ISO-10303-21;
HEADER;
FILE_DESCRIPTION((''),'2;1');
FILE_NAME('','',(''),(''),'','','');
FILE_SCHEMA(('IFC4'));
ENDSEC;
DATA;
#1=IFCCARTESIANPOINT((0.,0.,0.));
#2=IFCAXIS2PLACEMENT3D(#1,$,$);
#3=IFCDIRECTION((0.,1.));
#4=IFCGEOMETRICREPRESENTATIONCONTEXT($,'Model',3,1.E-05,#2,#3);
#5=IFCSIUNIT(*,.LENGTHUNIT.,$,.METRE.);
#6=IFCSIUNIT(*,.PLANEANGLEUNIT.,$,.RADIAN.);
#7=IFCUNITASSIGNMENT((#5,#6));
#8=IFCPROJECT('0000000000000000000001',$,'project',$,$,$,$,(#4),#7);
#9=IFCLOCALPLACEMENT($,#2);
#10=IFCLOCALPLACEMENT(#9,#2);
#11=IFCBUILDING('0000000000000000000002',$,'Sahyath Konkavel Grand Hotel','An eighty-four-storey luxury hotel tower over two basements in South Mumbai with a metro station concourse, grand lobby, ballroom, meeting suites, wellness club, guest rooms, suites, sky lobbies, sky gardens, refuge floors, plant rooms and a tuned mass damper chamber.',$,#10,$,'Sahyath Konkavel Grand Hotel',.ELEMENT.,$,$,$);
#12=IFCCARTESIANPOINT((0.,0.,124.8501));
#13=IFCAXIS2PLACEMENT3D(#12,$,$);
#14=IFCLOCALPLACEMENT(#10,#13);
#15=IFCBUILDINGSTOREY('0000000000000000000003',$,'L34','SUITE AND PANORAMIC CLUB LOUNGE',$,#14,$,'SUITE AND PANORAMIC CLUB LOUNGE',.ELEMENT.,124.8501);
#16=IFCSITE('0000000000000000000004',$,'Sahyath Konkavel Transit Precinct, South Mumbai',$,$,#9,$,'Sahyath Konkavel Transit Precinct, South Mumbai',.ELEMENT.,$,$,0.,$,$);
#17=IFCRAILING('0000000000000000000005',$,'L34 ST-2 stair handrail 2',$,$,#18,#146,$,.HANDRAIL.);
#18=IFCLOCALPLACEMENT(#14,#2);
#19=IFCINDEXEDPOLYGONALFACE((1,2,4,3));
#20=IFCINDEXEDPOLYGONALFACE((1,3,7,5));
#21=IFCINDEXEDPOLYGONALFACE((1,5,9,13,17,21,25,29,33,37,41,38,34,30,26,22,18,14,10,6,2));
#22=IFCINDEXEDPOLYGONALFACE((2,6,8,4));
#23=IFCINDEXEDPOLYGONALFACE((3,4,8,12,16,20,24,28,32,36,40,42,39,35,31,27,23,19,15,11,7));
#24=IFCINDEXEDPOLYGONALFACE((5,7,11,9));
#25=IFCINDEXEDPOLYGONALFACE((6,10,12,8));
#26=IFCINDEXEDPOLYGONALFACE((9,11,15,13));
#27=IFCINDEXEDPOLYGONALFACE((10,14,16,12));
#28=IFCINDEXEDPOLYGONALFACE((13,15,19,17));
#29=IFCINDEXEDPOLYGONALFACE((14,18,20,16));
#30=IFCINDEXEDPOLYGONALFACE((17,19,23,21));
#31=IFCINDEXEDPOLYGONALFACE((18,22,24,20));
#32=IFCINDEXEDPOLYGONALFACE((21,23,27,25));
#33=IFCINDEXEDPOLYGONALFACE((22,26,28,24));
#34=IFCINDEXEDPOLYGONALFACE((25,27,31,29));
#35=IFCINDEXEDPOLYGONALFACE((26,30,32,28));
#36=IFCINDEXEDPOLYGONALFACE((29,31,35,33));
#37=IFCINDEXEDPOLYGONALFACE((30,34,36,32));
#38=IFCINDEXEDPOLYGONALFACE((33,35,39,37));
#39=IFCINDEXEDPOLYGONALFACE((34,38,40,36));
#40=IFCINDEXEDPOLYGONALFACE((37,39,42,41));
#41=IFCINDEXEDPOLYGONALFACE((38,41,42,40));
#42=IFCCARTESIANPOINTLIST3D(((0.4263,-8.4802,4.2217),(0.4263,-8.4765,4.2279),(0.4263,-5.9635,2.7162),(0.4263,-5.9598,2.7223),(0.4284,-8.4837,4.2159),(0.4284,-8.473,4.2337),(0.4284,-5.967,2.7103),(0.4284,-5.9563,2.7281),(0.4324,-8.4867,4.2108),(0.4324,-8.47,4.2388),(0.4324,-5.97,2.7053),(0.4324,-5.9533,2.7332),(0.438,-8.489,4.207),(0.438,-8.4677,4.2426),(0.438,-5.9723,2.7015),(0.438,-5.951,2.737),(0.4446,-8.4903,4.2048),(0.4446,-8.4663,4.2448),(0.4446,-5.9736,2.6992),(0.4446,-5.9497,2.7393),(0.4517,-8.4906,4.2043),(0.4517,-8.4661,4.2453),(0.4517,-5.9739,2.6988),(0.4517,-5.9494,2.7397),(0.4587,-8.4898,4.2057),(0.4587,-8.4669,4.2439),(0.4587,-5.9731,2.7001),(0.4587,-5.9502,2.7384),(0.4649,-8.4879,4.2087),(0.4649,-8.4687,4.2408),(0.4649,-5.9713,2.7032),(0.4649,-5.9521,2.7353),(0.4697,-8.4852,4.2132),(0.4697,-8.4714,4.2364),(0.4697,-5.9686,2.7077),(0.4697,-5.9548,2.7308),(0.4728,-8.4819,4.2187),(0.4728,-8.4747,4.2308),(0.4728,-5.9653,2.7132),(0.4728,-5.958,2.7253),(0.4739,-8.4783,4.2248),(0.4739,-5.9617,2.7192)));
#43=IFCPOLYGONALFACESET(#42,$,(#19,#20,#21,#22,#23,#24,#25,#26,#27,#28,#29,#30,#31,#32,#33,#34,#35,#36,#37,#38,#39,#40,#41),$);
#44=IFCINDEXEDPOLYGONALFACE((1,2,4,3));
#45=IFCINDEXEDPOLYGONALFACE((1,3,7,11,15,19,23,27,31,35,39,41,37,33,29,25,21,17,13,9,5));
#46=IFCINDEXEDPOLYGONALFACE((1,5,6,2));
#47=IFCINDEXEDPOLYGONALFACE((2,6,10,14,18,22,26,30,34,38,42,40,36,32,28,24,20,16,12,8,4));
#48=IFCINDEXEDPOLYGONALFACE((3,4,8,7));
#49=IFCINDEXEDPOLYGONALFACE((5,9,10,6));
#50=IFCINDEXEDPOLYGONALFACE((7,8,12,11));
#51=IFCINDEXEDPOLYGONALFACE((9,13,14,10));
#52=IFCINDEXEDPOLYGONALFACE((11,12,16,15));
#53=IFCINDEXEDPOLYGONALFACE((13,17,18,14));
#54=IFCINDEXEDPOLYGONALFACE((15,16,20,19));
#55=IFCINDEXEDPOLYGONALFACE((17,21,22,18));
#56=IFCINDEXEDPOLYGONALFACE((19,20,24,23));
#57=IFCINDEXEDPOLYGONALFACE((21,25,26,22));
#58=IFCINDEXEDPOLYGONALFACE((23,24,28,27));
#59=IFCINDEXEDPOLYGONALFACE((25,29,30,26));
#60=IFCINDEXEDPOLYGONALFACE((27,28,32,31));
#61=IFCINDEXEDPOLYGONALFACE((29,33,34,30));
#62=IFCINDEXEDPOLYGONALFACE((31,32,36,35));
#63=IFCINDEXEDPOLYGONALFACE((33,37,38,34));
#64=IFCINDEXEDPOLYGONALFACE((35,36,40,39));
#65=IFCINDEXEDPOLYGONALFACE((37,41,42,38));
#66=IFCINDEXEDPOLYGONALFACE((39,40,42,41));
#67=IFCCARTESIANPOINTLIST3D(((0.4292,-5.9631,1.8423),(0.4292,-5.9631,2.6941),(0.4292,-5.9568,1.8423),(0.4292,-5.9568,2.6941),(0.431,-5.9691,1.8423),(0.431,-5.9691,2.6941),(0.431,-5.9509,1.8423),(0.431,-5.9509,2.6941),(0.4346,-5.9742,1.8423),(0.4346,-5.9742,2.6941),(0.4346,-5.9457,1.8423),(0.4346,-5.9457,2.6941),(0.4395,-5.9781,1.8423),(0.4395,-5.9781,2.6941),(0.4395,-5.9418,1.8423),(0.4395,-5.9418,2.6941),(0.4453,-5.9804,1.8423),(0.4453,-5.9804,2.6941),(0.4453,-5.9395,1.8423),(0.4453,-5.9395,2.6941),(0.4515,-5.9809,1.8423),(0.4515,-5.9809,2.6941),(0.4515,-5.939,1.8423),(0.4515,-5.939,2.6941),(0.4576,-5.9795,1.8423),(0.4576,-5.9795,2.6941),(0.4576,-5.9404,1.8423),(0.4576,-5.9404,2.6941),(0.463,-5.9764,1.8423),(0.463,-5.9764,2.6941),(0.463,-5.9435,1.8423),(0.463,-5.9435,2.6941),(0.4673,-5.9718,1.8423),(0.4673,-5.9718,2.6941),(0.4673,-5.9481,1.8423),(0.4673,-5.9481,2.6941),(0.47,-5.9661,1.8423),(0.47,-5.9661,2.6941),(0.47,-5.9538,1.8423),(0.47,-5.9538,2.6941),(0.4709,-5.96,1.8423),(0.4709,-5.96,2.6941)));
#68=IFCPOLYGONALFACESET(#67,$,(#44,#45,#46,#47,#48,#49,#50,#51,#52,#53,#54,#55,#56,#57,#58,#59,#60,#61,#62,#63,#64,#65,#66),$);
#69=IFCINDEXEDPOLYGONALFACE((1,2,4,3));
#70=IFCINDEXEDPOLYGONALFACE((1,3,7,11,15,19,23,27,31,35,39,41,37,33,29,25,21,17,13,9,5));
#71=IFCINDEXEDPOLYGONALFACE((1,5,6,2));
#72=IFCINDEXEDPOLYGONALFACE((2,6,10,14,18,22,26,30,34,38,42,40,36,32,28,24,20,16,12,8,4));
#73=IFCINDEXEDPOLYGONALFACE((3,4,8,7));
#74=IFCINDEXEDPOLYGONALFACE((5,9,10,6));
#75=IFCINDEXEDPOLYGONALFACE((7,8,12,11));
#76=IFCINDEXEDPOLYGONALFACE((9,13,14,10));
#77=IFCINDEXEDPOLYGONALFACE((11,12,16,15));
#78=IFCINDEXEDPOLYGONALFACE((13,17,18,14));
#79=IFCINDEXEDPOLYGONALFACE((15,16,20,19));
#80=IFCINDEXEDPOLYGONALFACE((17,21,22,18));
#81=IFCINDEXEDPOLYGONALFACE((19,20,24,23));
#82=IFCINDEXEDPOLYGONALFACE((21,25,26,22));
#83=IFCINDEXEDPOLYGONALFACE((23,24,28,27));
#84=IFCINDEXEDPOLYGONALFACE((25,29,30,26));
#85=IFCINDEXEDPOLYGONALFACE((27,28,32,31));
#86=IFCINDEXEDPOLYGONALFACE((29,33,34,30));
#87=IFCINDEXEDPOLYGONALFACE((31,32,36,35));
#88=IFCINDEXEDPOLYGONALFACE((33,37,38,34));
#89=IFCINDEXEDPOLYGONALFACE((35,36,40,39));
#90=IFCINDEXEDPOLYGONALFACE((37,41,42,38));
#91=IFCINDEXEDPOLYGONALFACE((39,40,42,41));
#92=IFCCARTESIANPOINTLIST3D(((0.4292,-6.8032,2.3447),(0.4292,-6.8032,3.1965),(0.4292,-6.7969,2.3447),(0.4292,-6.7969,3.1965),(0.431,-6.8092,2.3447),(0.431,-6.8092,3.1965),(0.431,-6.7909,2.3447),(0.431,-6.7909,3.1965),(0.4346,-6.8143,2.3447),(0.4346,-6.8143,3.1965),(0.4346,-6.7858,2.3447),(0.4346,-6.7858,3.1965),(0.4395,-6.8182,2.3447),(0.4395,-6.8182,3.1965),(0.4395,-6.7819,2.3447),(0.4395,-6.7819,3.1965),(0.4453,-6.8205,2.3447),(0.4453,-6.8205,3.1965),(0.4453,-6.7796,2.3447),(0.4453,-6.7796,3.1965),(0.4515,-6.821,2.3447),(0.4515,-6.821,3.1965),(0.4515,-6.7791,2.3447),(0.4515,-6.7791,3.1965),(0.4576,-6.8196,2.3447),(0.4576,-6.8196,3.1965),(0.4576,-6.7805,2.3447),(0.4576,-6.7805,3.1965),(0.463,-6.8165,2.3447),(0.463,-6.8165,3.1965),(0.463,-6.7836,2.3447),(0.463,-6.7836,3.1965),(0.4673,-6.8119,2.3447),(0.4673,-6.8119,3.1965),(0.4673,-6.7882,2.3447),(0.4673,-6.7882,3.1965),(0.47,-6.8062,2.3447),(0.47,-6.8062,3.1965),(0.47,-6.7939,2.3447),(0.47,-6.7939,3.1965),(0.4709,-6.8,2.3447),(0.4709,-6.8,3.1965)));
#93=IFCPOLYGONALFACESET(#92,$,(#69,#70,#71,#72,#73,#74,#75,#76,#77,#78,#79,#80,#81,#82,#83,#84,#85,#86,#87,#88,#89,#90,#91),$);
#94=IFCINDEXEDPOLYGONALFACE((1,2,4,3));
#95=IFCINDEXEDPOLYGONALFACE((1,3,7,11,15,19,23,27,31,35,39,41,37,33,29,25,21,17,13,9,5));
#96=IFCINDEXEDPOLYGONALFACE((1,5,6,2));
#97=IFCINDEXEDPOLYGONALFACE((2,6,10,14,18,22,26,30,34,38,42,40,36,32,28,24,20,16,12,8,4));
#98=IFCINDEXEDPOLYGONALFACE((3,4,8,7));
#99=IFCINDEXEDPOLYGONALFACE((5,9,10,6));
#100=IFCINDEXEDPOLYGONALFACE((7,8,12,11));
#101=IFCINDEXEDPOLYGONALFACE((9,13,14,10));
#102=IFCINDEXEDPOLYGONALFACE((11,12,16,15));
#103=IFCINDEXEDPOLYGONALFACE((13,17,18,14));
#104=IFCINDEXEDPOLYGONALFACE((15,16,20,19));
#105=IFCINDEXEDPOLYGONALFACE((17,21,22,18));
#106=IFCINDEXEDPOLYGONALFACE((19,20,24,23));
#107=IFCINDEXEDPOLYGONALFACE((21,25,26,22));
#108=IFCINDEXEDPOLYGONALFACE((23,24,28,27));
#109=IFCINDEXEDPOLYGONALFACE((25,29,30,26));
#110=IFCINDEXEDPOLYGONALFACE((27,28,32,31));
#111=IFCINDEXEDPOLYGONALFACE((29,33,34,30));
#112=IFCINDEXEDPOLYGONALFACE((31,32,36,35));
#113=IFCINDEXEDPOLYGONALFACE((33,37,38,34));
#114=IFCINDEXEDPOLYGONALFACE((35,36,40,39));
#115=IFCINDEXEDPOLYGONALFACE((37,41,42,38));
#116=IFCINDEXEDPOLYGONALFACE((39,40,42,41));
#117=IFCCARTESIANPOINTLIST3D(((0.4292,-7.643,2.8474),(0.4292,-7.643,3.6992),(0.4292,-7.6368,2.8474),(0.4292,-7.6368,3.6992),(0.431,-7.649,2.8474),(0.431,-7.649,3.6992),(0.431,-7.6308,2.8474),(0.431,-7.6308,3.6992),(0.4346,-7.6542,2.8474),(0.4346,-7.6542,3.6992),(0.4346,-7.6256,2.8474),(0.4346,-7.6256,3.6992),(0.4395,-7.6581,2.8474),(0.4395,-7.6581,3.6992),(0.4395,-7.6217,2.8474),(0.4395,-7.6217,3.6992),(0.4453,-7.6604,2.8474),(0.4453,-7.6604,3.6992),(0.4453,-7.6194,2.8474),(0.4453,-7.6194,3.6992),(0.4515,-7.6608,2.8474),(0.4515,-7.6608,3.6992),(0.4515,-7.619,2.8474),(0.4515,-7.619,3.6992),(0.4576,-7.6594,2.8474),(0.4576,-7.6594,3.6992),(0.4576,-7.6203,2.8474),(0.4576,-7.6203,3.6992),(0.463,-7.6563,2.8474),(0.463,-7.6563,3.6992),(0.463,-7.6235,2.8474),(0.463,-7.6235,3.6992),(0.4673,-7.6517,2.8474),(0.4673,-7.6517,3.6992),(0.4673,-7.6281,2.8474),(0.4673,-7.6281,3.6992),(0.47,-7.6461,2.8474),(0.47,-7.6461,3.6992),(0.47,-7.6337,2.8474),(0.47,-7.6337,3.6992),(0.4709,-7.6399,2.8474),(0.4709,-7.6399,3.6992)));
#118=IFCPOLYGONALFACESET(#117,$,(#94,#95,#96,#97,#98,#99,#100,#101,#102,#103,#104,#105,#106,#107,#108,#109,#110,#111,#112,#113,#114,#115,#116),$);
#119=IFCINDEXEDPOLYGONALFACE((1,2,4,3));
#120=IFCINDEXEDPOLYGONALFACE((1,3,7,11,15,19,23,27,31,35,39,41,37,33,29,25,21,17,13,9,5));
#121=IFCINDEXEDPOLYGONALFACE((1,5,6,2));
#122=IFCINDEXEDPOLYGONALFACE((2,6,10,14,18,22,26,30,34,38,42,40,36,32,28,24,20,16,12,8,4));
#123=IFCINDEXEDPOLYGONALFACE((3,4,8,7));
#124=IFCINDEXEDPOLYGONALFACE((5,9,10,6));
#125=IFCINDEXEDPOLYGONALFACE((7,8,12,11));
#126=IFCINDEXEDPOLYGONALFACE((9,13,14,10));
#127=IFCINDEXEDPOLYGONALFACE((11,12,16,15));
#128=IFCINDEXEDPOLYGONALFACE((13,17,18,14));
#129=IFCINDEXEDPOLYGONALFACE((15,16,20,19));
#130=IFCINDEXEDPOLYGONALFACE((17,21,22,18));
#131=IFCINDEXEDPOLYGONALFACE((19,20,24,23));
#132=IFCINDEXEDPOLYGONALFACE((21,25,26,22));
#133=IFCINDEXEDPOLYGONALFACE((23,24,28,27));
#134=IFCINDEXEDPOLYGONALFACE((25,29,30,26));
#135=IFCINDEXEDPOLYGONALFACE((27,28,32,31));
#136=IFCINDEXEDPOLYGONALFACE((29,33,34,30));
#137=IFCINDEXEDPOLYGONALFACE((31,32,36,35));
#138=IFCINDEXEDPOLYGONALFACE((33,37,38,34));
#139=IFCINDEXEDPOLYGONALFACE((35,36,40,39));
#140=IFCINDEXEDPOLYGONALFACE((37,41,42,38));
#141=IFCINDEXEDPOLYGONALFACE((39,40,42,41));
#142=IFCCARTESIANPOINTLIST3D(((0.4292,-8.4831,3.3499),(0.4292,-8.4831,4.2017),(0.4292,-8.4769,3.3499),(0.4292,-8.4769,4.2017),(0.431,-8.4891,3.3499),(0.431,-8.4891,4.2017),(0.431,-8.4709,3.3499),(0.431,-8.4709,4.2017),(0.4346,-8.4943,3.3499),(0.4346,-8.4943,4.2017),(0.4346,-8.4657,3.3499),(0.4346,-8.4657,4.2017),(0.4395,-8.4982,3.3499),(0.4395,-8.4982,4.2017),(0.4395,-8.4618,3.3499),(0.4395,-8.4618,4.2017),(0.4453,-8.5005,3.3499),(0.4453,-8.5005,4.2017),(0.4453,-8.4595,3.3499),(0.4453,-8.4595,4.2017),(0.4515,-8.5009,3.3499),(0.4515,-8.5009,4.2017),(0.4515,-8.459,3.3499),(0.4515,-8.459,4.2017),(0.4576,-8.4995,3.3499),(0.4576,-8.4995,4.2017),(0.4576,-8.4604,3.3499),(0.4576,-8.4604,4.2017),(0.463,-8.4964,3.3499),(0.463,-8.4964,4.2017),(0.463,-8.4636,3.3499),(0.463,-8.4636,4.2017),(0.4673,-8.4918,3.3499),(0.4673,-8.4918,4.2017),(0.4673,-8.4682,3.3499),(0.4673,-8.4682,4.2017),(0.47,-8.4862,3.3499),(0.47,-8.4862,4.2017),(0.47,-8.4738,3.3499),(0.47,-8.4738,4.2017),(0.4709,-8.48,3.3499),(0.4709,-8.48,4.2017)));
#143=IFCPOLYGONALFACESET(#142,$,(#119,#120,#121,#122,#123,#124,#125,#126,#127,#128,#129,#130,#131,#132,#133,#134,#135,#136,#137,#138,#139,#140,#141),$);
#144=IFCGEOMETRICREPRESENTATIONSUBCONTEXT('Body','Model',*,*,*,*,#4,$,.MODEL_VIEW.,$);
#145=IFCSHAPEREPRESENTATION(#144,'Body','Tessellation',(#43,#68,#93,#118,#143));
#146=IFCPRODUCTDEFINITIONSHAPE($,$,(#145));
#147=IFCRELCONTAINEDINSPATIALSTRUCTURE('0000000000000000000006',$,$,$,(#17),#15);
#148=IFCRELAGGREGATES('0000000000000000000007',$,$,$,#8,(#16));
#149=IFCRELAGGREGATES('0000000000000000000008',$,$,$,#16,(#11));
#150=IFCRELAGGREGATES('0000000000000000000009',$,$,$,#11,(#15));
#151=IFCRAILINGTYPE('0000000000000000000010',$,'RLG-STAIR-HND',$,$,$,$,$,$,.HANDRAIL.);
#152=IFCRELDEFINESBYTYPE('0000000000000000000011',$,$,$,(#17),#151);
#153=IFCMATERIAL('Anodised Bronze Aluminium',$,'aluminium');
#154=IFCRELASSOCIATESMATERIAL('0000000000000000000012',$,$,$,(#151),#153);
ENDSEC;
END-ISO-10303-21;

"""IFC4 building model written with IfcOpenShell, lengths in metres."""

from ifc_helpers import new_model, si_unit, direction, frame, origin, origin_2d, place, context, subcontext, project, spatial, circle, extrude, material, type_object, element, save


model = new_model("IFC4")

# Units and contexts
model_context = context("Model", 3, precision=1e-05, world=origin(), true_north=direction((0.0, 1.0)))
body_context = subcontext(model_context, "Body", "Model", "MODEL_VIEW")
ifc_project = project(units=[si_unit("LENGTHUNIT", "METRE"), si_unit("PLANEANGLEUNIT", "RADIAN")], contexts=[model_context])

# Site, building, storey
site_placement = place(None, origin())
site = spatial("IfcSite", under=ifc_project, at=site_placement, Name="Sahyath Konkavel Transit Precinct, South Mumbai", LongName="Sahyath Konkavel Transit Precinct, South Mumbai", CompositionType="ELEMENT", RefElevation=0.0)
building_placement = place(site_placement, origin())
building = spatial("IfcBuilding", under=site, at=building_placement, Name="Sahyath Konkavel Grand Hotel", Description="An eighty-four-storey luxury hotel tower over two basements in South Mumbai with a metro station concourse, grand lobby, ballroom, meeting suites, wellness club, guest rooms, suites, sky lobbies, sky gardens, refuge floors, plant rooms and a tuned mass damper chamber.", LongName="Sahyath Konkavel Grand Hotel", CompositionType="ELEMENT")
storey_placement = place(building_placement, frame((0.0, 0.0, 124.8501)))
storey = spatial("IfcBuildingStorey", under=building, at=storey_placement, Name="L34", Description="SUITE AND PANORAMIC CLUB LOUNGE", LongName="SUITE AND PANORAMIC CLUB LOUNGE", CompositionType="ELEMENT", Elevation=124.8501)

# Shared definitions
ifc_material_1 = material(Name="Anodised Bronze Aluminium", Category="aluminium")

# Railing
railing_type_1 = type_object("IfcRailingType", Name="RLG-STAIR-HND", PredefinedType="HANDRAIL", material=ifc_material_1)
railing_1_placement = place(storey_placement, frame((0.45, -5.96, 1.8423)))
element("IfcRailing", 1, at=railing_1_placement, inside=storey, type_object=railing_type_1, Name="L34 ST-2 stair handrail 2", PredefinedType="HANDRAIL", context=body_context, shape_type="SweptSolid", body=[
    extrude(circle(Radius=0.0239, at=origin_2d()), frame((0.0, -0.0017, 0.877), z_axis=(0.0, -0.85816, 0.513383), x_axis=(1.0, 0.0, 0.0)), (0.0, 0.0, 1.0), 2.9326),
    extrude(circle(Radius=0.021, at=origin_2d()), origin(), (0.0, 0.0, 1.0), 0.8518),
    extrude(circle(Radius=0.021, at=origin_2d()), frame((0.0, -0.8401, 0.5024)), (0.0, 0.0, 1.0), 0.8518),
    extrude(circle(Radius=0.021, at=origin_2d()), frame((0.0, -1.6799, 1.0051)), (0.0, 0.0, 1.0), 0.8518),
    extrude(circle(Radius=0.021, at=origin_2d()), frame((0.0, -2.52, 1.5076)), (0.0, 0.0, 1.0), 0.8518),
])

save(model, "model.ifc")
